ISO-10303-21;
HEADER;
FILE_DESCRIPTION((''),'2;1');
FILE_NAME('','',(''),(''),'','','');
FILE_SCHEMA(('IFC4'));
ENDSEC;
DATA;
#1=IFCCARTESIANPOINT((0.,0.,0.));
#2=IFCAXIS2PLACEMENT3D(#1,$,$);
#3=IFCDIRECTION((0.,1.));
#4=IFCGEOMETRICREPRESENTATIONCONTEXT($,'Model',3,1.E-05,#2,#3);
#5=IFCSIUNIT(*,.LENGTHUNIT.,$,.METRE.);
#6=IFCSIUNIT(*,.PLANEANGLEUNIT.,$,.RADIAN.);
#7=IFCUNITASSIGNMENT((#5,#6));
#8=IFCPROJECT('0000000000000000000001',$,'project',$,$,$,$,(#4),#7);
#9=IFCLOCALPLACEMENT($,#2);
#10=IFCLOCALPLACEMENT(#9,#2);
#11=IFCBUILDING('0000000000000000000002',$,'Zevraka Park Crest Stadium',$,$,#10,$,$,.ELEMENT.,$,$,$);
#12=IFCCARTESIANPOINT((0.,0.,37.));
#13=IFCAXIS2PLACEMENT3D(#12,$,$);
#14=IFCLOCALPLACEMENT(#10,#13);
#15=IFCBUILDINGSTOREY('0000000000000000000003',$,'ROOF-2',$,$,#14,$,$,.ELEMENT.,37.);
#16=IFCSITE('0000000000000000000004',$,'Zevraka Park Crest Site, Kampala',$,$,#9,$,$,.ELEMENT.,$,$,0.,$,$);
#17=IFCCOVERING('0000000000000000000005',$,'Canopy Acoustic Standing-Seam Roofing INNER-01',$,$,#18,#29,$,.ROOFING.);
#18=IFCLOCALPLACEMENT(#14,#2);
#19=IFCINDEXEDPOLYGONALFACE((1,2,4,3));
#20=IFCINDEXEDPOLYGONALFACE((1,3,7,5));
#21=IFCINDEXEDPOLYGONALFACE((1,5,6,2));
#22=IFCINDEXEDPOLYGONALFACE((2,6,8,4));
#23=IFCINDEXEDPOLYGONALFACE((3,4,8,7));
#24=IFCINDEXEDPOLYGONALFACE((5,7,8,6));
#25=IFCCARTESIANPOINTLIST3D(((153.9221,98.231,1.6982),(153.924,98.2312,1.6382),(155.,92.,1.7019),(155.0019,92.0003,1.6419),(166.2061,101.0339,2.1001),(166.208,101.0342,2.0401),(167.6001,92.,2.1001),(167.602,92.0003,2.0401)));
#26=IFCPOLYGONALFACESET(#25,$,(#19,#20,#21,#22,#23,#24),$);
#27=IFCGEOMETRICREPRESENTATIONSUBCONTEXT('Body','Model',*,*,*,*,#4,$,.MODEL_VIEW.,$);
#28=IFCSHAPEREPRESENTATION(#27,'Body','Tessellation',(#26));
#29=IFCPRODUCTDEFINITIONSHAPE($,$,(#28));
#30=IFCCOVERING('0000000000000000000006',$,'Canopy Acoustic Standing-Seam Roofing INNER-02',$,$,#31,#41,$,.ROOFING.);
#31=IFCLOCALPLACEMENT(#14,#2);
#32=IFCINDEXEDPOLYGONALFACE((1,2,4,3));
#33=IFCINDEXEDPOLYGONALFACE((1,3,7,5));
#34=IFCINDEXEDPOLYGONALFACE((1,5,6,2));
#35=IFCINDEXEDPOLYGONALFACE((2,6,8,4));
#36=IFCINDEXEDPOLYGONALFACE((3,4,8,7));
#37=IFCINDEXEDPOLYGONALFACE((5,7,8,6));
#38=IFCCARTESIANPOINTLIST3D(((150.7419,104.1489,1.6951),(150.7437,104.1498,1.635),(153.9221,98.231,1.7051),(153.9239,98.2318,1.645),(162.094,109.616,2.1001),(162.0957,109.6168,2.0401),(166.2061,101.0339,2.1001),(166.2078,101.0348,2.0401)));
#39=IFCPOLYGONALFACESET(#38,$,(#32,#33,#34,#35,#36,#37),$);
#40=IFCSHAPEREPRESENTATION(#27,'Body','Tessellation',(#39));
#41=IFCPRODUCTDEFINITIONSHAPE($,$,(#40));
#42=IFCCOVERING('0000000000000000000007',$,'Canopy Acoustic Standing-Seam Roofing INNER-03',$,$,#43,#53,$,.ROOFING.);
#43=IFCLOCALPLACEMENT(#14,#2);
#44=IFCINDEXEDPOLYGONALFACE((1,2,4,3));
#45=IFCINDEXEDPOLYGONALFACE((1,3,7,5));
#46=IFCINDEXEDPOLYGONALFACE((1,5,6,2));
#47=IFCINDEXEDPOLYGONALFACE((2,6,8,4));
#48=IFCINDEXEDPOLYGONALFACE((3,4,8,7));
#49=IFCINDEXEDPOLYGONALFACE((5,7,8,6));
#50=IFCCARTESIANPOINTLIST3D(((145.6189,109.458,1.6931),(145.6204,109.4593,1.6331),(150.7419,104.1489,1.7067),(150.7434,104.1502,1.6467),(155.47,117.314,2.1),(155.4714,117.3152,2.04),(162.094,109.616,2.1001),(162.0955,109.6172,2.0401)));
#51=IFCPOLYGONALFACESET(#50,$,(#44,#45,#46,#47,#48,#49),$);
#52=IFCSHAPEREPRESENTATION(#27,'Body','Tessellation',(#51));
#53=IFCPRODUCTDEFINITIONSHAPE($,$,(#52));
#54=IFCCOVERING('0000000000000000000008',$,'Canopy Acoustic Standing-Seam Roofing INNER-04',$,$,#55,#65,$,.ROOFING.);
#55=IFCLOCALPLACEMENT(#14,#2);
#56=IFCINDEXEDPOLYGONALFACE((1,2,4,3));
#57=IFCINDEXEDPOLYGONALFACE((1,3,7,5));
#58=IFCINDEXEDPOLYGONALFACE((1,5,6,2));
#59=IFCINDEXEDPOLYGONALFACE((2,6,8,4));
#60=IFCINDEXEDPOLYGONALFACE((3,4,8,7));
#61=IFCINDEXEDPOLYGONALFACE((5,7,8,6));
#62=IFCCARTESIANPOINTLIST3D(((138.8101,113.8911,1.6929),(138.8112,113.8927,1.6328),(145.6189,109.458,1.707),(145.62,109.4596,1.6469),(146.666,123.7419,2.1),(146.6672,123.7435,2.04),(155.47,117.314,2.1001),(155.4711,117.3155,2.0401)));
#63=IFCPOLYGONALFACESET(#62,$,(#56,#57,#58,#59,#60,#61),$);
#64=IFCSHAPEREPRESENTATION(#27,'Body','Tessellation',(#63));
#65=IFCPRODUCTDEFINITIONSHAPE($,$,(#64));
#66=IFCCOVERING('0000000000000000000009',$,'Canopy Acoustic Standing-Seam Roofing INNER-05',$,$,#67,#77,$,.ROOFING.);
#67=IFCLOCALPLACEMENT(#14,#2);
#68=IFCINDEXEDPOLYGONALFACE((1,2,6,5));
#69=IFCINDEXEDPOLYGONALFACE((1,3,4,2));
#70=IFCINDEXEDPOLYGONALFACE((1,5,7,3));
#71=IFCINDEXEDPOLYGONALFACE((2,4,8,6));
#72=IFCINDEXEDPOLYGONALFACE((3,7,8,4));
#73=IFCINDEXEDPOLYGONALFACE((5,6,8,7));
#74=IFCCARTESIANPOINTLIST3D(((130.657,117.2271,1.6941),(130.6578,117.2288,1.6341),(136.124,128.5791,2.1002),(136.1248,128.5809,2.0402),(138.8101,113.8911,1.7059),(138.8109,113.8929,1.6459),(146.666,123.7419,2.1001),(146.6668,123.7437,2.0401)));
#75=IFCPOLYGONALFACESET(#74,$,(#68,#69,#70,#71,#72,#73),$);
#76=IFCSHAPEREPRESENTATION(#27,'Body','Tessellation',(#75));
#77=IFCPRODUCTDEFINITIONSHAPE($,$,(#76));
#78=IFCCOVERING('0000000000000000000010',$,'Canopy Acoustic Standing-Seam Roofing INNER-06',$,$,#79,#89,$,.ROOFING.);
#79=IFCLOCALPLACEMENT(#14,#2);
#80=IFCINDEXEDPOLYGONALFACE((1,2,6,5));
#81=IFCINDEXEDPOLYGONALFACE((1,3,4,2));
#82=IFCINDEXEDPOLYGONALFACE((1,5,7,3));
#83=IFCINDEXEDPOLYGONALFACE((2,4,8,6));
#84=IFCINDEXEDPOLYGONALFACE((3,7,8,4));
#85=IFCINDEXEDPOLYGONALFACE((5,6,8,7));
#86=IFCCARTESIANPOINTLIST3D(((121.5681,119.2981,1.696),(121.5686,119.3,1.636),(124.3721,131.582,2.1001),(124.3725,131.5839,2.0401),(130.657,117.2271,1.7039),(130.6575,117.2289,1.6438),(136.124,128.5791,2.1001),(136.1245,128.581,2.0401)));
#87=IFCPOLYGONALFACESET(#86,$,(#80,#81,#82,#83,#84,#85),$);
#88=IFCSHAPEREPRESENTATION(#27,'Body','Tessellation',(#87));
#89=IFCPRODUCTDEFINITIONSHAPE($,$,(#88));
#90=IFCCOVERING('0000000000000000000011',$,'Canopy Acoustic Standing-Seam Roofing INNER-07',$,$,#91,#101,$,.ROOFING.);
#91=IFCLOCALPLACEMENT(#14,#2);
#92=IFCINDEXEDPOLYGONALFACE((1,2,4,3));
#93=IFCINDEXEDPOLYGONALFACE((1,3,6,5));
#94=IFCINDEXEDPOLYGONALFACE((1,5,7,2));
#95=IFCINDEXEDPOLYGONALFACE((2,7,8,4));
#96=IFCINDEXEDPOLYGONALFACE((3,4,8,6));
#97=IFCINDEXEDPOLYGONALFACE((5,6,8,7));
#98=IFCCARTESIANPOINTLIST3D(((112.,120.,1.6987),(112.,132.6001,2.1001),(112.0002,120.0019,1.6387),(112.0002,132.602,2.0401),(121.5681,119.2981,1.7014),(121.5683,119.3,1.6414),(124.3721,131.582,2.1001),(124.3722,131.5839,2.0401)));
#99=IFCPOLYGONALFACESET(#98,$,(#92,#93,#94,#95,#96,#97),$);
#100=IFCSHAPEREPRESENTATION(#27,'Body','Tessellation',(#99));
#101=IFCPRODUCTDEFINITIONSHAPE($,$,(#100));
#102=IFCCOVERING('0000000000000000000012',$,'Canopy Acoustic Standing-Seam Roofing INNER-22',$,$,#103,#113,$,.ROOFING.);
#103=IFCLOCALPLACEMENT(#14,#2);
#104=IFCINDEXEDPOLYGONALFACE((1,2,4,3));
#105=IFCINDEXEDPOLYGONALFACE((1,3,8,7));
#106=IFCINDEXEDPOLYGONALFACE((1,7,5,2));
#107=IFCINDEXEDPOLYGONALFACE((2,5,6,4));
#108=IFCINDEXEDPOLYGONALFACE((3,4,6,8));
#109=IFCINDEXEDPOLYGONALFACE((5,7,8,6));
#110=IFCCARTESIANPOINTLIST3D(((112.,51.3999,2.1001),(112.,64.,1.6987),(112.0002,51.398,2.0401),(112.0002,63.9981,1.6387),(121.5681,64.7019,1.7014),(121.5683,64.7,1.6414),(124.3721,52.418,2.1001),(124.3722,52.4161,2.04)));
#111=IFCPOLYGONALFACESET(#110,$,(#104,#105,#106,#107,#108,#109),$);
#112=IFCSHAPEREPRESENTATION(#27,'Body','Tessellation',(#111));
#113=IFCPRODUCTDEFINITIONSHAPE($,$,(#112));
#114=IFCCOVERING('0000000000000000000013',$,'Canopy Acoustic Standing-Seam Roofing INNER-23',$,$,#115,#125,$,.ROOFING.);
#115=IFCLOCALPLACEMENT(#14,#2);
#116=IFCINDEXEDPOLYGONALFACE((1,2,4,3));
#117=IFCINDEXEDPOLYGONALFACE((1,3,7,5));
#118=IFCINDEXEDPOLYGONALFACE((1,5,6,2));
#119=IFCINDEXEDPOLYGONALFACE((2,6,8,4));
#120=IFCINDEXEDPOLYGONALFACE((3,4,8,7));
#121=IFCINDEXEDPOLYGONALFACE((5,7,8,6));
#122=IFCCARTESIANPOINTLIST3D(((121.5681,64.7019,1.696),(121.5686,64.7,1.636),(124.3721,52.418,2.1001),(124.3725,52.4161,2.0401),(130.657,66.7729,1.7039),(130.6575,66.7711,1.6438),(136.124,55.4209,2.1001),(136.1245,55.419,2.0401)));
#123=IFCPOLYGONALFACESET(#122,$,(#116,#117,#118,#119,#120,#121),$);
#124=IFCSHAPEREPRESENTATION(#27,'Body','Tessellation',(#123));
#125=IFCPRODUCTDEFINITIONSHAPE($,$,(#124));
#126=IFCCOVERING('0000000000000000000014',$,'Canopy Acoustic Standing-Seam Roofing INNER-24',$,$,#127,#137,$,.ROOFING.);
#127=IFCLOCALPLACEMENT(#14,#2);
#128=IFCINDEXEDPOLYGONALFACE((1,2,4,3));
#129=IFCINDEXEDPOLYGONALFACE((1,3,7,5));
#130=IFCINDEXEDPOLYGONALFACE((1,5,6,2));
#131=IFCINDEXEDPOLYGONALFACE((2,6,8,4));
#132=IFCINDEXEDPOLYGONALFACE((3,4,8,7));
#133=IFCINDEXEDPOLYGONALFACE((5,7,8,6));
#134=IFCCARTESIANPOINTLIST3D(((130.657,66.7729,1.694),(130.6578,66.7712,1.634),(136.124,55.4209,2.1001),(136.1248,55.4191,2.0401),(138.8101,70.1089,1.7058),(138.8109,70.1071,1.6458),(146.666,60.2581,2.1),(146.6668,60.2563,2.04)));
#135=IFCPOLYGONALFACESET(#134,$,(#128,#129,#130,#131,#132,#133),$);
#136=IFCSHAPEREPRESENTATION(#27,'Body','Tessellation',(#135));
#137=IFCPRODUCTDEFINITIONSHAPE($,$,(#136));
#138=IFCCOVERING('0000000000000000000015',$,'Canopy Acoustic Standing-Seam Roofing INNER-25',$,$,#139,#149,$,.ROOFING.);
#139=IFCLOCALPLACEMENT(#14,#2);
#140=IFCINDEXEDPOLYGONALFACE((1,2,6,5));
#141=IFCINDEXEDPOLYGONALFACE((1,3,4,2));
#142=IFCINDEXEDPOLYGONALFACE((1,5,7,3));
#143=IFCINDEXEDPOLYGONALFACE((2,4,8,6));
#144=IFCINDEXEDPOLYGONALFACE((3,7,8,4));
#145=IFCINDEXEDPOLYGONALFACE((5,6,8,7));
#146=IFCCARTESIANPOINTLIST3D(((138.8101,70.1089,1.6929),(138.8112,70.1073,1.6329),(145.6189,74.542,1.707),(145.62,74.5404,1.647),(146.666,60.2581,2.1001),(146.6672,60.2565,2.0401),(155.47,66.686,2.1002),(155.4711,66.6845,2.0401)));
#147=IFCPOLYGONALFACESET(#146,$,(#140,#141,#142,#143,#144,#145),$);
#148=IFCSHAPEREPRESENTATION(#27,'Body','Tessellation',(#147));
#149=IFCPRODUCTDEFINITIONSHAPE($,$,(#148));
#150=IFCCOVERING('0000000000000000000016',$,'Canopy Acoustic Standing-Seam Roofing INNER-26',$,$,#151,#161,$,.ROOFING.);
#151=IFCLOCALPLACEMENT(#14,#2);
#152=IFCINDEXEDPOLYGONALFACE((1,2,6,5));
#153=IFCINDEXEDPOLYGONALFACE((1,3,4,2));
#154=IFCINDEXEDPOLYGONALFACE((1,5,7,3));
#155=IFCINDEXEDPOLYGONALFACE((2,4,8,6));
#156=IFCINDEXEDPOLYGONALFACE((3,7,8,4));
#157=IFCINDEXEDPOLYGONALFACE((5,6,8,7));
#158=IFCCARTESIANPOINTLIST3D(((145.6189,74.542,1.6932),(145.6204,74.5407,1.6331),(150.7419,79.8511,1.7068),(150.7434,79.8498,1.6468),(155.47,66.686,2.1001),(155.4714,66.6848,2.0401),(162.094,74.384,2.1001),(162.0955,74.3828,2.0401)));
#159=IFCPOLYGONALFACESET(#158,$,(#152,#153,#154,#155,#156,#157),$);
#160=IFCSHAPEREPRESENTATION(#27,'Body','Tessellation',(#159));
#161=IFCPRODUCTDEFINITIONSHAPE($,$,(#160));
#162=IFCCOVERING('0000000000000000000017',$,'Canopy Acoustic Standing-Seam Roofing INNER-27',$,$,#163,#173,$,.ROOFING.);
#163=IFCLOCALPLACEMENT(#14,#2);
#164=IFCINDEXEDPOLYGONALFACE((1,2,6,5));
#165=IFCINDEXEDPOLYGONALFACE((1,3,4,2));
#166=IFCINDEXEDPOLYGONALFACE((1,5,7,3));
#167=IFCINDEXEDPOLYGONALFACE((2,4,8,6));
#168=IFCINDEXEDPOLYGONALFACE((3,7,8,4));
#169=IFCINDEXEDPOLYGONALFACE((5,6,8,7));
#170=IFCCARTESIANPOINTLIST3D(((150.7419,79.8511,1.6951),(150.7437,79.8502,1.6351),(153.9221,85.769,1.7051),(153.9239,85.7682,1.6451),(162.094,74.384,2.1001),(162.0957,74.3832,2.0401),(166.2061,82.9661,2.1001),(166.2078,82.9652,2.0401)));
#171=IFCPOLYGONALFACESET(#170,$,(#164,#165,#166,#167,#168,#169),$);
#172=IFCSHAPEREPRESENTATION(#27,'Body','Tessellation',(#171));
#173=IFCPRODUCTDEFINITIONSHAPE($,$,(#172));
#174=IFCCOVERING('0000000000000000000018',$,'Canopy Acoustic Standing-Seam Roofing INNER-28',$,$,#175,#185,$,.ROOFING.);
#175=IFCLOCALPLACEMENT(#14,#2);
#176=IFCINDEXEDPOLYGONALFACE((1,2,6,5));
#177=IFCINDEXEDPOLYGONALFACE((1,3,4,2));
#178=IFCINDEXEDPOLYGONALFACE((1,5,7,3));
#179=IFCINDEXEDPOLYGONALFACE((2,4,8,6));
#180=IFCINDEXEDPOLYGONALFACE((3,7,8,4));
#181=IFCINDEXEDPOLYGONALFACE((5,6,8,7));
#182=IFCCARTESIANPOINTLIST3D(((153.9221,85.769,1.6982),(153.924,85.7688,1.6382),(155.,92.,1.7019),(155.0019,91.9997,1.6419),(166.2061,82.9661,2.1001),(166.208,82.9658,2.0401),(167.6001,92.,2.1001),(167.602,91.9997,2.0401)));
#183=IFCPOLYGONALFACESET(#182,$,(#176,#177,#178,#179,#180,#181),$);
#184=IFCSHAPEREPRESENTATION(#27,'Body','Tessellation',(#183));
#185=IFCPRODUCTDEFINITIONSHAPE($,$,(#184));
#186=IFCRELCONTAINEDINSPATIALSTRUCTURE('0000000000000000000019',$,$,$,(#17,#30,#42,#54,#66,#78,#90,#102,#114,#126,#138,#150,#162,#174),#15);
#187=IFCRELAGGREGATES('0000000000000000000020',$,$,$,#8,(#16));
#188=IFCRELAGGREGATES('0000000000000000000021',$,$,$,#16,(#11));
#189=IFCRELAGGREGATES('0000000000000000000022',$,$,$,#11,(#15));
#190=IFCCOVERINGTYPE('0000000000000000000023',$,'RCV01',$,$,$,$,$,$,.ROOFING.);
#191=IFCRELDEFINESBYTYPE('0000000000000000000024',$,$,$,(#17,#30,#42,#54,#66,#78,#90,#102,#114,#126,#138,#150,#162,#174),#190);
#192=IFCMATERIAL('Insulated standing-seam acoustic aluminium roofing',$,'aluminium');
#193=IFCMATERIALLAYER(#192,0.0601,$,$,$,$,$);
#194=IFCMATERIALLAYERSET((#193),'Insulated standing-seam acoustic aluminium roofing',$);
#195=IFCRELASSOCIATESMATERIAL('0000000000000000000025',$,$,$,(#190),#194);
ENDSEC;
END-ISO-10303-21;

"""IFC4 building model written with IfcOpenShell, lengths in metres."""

from ifc_helpers import new_model, si_unit, direction, frame, origin, place, context, subcontext, project, spatial, polyline, outline, extrude, material, layer, layer_set, type_object, element, save


model = new_model("IFC4")

# Units and contexts
model_context = context("Model", 3, precision=1e-05, world=origin(), true_north=direction((0.0, 1.0)))
body_context = subcontext(model_context, "Body", "Model", "MODEL_VIEW")
ifc_project = project(units=[si_unit("LENGTHUNIT", "METRE"), si_unit("PLANEANGLEUNIT", "RADIAN")], contexts=[model_context])

# Site, building, storey
site_placement = place(None, origin())
site = spatial("IfcSite", under=ifc_project, at=site_placement, Name="Zevraka Park Crest Site, Kampala", CompositionType="ELEMENT", RefElevation=0.0)
building_placement = place(site_placement, origin())
building = spatial("IfcBuilding", under=site, at=building_placement, Name="Zevraka Park Crest Stadium", CompositionType="ELEMENT")
storey_placement = place(building_placement, frame((0.0, 0.0, 37.0)))
storey = spatial("IfcBuildingStorey", under=building, at=storey_placement, Name="ROOF-2", CompositionType="ELEMENT", Elevation=37.0)

# Coverings
ifc_material_1 = material(Name="Insulated standing-seam acoustic aluminium roofing", Category="aluminium")
ifc_layer_1 = layer(ifc_material_1, 0.0601)
ifc_layer_set_1 = layer_set([ifc_layer_1], Name="Insulated standing-seam acoustic aluminium roofing")
covering_type = type_object("IfcCoveringType", Name="RCV01", PredefinedType="ROOFING", material=ifc_layer_set_1)
covering_1_placement = place(storey_placement, frame((167.6001, 92.0, 2.1001), z_axis=(-0.031586, -0.004875, 0.999489), x_axis=(-0.152507, 0.988302, 0.000001)))
element("IfcCovering", 1, at=covering_1_placement, inside=storey, type_object=covering_type, Name="Canopy Acoustic Standing-Seam Roofing INNER-01", PredefinedType="ROOFING", context=body_context, shape_type="SweptSolid", body=[
    extrude(outline(polyline([(0.0, 0.0), (9.1409, 0.0), (8.2441, 12.5741), (1.9216, 12.4591), (0.0, 0.0)])), origin(), (0.0, 0.0, -1.0), 0.0601),
])
covering_2_placement = place(storey_placement, frame((166.2061, 101.0339, 2.1001), z_axis=(-0.028974, -0.013882, 0.999484), x_axis=(-0.432106, 0.901823, -0.000001)))
element("IfcCovering", 2, at=covering_2_placement, inside=storey, type_object=covering_type, Name="Canopy Acoustic Standing-Seam Roofing INNER-02", PredefinedType="ROOFING", context=body_context, shape_type="SweptSolid", body=[
    extrude(outline(polyline([(0.0, 0.0), (9.5163, 0.0), (9.4913, 12.6064), (2.7802, 12.2955), (0.0, 0.0)])), origin(), (0.0, 0.0, -1.0), 0.0601),
])
covering_3_placement = place(storey_placement, frame((162.094, 109.616, 2.1001), z_axis=(-0.024488, -0.021065, 0.999478), x_axis=(-0.652251, 0.758003, -0.000005)))
element("IfcCovering", 3, at=covering_3_placement, inside=storey, type_object=covering_type, Name="Canopy Acoustic Standing-Seam Roofing INNER-03", PredefinedType="ROOFING", context=body_context, shape_type="SweptSolid", body=[
    extrude(outline(polyline([(0.0, 0.0), (10.1556, 0.0), (10.6262, 12.5978), (3.2604, 12.1771), (0.0, 0.0)])), origin(), (0.0, 0.0, -1.0), 0.0601),
])
covering_4_placement = place(storey_placement, frame((155.47, 117.314, 2.1001), z_axis=(-0.019067, -0.026106, 0.999477), x_axis=(-0.807639, 0.589677, -0.000005)))
element("IfcCovering", 4, at=covering_4_placement, inside=storey, type_object=covering_type, Name="Canopy Acoustic Standing-Seam Roofing INNER-04", PredefinedType="ROOFING", context=body_context, shape_type="SweptSolid", body=[
    extrude(outline(polyline([(0.0, 0.0), (10.9009, 0.0), (11.4368, 12.595), (3.3236, 12.1601), (0.0, 0.0)])), origin(), (0.0, 0.0, -1.0), 0.0601),
])
covering_5_placement = place(storey_placement, frame((146.666, 123.7419, 2.1001), z_axis=(-0.01343, -0.029286, 0.999481), x_axis=(-0.908888, 0.41704, 0.000007)))
element("IfcCovering", 5, at=covering_5_placement, inside=storey, type_object=covering_type, Name="Canopy Acoustic Standing-Seam Roofing INNER-05", PredefinedType="ROOFING", context=body_context, shape_type="SweptSolid", body=[
    extrude(outline(polyline([(0.0, 0.0), (11.5988, 0.0), (11.8334, 12.6043), (3.032, 12.2359), (0.0, 0.0)])), origin(), (0.0, 0.0, -1.0), 0.0601),
])
covering_6_placement = place(storey_placement, frame((136.124, 128.5791, 2.1001), z_axis=(-0.007938, -0.031064, 0.999486), x_axis=(-0.96887, 0.247571, 0.0)))
element("IfcCovering", 6, at=covering_6_placement, inside=storey, type_object=covering_type, Name="Canopy Acoustic Standing-Seam Roofing INNER-06", PredefinedType="ROOFING", context=body_context, shape_type="SweptSolid", body=[
    extrude(outline(polyline([(0.0, 0.0), (12.1296, 0.0), (11.8051, 12.6022), (2.4864, 12.3585), (0.0, 0.0)])), origin(), (0.0, 0.0, -1.0), 0.0601),
])
covering_7_placement = place(storey_placement, frame((124.3721, 131.582, 2.1001), z_axis=(-0.002618, -0.03184, 0.99949), x_axis=(-0.996631, 0.08201, 0.000002)))
element("IfcCovering", 7, at=covering_7_placement, inside=storey, type_object=covering_type, Name="Canopy Acoustic Standing-Seam Roofing INNER-07", PredefinedType="ROOFING", context=body_context, shape_type="SweptSolid", body=[
    extrude(outline(polyline([(0.0, 0.0), (12.4139, 0.0), (11.3805, 12.5641), (1.7871, 12.4789), (0.0, 0.0)])), origin(), (0.0, 0.0, -1.0), 0.0601),
])
covering_8_placement = place(storey_placement, frame((112.0, 51.3999, 2.1001), z_axis=(-0.002618, 0.03184, 0.99949), x_axis=(0.996631, 0.08201, -0.000002)))
element("IfcCovering", 8, at=covering_8_placement, inside=storey, type_object=covering_type, Name="Canopy Acoustic Standing-Seam Roofing INNER-22", PredefinedType="ROOFING", context=body_context, shape_type="SweptSolid", body=[
    extrude(outline(polyline([(0.0, 0.0), (12.4139, 0.0), (10.6268, 12.4789), (1.0333, 12.5641), (0.0, 0.0)])), origin(), (0.0, 0.0, -1.0), 0.0601),
])
covering_9_placement = place(storey_placement, frame((124.3721, 52.418, 2.1001), z_axis=(-0.007938, 0.031064, 0.999486), x_axis=(0.96887, 0.247571, 0.0)))
element("IfcCovering", 9, at=covering_9_placement, inside=storey, type_object=covering_type, Name="Canopy Acoustic Standing-Seam Roofing INNER-23", PredefinedType="ROOFING", context=body_context, shape_type="SweptSolid", body=[
    extrude(outline(polyline([(0.0, 0.0), (12.1296, 0.0), (9.6431, 12.3585), (0.3245, 12.6022), (0.0, 0.0)])), origin(), (0.0, 0.0, -1.0), 0.0601),
])
covering_10_placement = place(storey_placement, frame((136.124, 55.4209, 2.1001), z_axis=(-0.01343, 0.029286, 0.999481), x_axis=(0.908888, 0.41704, -0.000007)))
element("IfcCovering", 10, at=covering_10_placement, inside=storey, type_object=covering_type, Name="Canopy Acoustic Standing-Seam Roofing INNER-24", PredefinedType="ROOFING", context=body_context, shape_type="SweptSolid", body=[
    extrude(outline(polyline([(0.0, 0.0), (11.5988, 0.0), (8.5668, 12.2359), (-0.2347, 12.6043), (0.0, 0.0)])), origin(), (0.0, 0.0, -1.0), 0.0601),
])
covering_11_placement = place(storey_placement, frame((146.666, 60.2581, 2.1001), z_axis=(-0.019067, 0.026106, 0.999477), x_axis=(0.807639, 0.589677, 0.000005)))
element("IfcCovering", 11, at=covering_11_placement, inside=storey, type_object=covering_type, Name="Canopy Acoustic Standing-Seam Roofing INNER-25", PredefinedType="ROOFING", context=body_context, shape_type="SweptSolid", body=[
    extrude(outline(polyline([(0.0, 0.0), (10.9009, 0.0), (7.5772, 12.1601), (-0.536, 12.595), (0.0, 0.0)])), origin(), (0.0, 0.0, -1.0), 0.0601),
])
covering_12_placement = place(storey_placement, frame((155.47, 66.686, 2.1001), z_axis=(-0.024488, 0.021065, 0.999478), x_axis=(0.652251, 0.758003, 0.000005)))
element("IfcCovering", 12, at=covering_12_placement, inside=storey, type_object=covering_type, Name="Canopy Acoustic Standing-Seam Roofing INNER-26", PredefinedType="ROOFING", context=body_context, shape_type="SweptSolid", body=[
    extrude(outline(polyline([(0.0, 0.0), (10.1556, 0.0), (6.8953, 12.1771), (-0.4705, 12.5978), (0.0, 0.0)])), origin(), (0.0, 0.0, -1.0), 0.0601),
])
covering_13_placement = place(storey_placement, frame((162.094, 74.384, 2.1001), z_axis=(-0.028974, 0.013882, 0.999484), x_axis=(0.432106, 0.901823, 0.000001)))
element("IfcCovering", 13, at=covering_13_placement, inside=storey, type_object=covering_type, Name="Canopy Acoustic Standing-Seam Roofing INNER-27", PredefinedType="ROOFING", context=body_context, shape_type="SweptSolid", body=[
    extrude(outline(polyline([(0.0, 0.0), (9.5163, 0.0), (6.7361, 12.2955), (0.025, 12.6064), (0.0, 0.0)])), origin(), (0.0, 0.0, -1.0), 0.0601),
])
covering_14_placement = place(storey_placement, frame((166.2061, 82.9661, 2.1001), z_axis=(-0.031586, 0.004875, 0.999489), x_axis=(0.152507, 0.988302, -0.000001)))
element("IfcCovering", 14, at=covering_14_placement, inside=storey, type_object=covering_type, Name="Canopy Acoustic Standing-Seam Roofing INNER-28", PredefinedType="ROOFING", context=body_context, shape_type="SweptSolid", body=[
    extrude(outline(polyline([(0.0, 0.0), (9.1409, 0.0), (7.2193, 12.4591), (0.8968, 12.5741), (0.0, 0.0)])), origin(), (0.0, 0.0, -1.0), 0.0601),
])

save(model, "model.ifc")
